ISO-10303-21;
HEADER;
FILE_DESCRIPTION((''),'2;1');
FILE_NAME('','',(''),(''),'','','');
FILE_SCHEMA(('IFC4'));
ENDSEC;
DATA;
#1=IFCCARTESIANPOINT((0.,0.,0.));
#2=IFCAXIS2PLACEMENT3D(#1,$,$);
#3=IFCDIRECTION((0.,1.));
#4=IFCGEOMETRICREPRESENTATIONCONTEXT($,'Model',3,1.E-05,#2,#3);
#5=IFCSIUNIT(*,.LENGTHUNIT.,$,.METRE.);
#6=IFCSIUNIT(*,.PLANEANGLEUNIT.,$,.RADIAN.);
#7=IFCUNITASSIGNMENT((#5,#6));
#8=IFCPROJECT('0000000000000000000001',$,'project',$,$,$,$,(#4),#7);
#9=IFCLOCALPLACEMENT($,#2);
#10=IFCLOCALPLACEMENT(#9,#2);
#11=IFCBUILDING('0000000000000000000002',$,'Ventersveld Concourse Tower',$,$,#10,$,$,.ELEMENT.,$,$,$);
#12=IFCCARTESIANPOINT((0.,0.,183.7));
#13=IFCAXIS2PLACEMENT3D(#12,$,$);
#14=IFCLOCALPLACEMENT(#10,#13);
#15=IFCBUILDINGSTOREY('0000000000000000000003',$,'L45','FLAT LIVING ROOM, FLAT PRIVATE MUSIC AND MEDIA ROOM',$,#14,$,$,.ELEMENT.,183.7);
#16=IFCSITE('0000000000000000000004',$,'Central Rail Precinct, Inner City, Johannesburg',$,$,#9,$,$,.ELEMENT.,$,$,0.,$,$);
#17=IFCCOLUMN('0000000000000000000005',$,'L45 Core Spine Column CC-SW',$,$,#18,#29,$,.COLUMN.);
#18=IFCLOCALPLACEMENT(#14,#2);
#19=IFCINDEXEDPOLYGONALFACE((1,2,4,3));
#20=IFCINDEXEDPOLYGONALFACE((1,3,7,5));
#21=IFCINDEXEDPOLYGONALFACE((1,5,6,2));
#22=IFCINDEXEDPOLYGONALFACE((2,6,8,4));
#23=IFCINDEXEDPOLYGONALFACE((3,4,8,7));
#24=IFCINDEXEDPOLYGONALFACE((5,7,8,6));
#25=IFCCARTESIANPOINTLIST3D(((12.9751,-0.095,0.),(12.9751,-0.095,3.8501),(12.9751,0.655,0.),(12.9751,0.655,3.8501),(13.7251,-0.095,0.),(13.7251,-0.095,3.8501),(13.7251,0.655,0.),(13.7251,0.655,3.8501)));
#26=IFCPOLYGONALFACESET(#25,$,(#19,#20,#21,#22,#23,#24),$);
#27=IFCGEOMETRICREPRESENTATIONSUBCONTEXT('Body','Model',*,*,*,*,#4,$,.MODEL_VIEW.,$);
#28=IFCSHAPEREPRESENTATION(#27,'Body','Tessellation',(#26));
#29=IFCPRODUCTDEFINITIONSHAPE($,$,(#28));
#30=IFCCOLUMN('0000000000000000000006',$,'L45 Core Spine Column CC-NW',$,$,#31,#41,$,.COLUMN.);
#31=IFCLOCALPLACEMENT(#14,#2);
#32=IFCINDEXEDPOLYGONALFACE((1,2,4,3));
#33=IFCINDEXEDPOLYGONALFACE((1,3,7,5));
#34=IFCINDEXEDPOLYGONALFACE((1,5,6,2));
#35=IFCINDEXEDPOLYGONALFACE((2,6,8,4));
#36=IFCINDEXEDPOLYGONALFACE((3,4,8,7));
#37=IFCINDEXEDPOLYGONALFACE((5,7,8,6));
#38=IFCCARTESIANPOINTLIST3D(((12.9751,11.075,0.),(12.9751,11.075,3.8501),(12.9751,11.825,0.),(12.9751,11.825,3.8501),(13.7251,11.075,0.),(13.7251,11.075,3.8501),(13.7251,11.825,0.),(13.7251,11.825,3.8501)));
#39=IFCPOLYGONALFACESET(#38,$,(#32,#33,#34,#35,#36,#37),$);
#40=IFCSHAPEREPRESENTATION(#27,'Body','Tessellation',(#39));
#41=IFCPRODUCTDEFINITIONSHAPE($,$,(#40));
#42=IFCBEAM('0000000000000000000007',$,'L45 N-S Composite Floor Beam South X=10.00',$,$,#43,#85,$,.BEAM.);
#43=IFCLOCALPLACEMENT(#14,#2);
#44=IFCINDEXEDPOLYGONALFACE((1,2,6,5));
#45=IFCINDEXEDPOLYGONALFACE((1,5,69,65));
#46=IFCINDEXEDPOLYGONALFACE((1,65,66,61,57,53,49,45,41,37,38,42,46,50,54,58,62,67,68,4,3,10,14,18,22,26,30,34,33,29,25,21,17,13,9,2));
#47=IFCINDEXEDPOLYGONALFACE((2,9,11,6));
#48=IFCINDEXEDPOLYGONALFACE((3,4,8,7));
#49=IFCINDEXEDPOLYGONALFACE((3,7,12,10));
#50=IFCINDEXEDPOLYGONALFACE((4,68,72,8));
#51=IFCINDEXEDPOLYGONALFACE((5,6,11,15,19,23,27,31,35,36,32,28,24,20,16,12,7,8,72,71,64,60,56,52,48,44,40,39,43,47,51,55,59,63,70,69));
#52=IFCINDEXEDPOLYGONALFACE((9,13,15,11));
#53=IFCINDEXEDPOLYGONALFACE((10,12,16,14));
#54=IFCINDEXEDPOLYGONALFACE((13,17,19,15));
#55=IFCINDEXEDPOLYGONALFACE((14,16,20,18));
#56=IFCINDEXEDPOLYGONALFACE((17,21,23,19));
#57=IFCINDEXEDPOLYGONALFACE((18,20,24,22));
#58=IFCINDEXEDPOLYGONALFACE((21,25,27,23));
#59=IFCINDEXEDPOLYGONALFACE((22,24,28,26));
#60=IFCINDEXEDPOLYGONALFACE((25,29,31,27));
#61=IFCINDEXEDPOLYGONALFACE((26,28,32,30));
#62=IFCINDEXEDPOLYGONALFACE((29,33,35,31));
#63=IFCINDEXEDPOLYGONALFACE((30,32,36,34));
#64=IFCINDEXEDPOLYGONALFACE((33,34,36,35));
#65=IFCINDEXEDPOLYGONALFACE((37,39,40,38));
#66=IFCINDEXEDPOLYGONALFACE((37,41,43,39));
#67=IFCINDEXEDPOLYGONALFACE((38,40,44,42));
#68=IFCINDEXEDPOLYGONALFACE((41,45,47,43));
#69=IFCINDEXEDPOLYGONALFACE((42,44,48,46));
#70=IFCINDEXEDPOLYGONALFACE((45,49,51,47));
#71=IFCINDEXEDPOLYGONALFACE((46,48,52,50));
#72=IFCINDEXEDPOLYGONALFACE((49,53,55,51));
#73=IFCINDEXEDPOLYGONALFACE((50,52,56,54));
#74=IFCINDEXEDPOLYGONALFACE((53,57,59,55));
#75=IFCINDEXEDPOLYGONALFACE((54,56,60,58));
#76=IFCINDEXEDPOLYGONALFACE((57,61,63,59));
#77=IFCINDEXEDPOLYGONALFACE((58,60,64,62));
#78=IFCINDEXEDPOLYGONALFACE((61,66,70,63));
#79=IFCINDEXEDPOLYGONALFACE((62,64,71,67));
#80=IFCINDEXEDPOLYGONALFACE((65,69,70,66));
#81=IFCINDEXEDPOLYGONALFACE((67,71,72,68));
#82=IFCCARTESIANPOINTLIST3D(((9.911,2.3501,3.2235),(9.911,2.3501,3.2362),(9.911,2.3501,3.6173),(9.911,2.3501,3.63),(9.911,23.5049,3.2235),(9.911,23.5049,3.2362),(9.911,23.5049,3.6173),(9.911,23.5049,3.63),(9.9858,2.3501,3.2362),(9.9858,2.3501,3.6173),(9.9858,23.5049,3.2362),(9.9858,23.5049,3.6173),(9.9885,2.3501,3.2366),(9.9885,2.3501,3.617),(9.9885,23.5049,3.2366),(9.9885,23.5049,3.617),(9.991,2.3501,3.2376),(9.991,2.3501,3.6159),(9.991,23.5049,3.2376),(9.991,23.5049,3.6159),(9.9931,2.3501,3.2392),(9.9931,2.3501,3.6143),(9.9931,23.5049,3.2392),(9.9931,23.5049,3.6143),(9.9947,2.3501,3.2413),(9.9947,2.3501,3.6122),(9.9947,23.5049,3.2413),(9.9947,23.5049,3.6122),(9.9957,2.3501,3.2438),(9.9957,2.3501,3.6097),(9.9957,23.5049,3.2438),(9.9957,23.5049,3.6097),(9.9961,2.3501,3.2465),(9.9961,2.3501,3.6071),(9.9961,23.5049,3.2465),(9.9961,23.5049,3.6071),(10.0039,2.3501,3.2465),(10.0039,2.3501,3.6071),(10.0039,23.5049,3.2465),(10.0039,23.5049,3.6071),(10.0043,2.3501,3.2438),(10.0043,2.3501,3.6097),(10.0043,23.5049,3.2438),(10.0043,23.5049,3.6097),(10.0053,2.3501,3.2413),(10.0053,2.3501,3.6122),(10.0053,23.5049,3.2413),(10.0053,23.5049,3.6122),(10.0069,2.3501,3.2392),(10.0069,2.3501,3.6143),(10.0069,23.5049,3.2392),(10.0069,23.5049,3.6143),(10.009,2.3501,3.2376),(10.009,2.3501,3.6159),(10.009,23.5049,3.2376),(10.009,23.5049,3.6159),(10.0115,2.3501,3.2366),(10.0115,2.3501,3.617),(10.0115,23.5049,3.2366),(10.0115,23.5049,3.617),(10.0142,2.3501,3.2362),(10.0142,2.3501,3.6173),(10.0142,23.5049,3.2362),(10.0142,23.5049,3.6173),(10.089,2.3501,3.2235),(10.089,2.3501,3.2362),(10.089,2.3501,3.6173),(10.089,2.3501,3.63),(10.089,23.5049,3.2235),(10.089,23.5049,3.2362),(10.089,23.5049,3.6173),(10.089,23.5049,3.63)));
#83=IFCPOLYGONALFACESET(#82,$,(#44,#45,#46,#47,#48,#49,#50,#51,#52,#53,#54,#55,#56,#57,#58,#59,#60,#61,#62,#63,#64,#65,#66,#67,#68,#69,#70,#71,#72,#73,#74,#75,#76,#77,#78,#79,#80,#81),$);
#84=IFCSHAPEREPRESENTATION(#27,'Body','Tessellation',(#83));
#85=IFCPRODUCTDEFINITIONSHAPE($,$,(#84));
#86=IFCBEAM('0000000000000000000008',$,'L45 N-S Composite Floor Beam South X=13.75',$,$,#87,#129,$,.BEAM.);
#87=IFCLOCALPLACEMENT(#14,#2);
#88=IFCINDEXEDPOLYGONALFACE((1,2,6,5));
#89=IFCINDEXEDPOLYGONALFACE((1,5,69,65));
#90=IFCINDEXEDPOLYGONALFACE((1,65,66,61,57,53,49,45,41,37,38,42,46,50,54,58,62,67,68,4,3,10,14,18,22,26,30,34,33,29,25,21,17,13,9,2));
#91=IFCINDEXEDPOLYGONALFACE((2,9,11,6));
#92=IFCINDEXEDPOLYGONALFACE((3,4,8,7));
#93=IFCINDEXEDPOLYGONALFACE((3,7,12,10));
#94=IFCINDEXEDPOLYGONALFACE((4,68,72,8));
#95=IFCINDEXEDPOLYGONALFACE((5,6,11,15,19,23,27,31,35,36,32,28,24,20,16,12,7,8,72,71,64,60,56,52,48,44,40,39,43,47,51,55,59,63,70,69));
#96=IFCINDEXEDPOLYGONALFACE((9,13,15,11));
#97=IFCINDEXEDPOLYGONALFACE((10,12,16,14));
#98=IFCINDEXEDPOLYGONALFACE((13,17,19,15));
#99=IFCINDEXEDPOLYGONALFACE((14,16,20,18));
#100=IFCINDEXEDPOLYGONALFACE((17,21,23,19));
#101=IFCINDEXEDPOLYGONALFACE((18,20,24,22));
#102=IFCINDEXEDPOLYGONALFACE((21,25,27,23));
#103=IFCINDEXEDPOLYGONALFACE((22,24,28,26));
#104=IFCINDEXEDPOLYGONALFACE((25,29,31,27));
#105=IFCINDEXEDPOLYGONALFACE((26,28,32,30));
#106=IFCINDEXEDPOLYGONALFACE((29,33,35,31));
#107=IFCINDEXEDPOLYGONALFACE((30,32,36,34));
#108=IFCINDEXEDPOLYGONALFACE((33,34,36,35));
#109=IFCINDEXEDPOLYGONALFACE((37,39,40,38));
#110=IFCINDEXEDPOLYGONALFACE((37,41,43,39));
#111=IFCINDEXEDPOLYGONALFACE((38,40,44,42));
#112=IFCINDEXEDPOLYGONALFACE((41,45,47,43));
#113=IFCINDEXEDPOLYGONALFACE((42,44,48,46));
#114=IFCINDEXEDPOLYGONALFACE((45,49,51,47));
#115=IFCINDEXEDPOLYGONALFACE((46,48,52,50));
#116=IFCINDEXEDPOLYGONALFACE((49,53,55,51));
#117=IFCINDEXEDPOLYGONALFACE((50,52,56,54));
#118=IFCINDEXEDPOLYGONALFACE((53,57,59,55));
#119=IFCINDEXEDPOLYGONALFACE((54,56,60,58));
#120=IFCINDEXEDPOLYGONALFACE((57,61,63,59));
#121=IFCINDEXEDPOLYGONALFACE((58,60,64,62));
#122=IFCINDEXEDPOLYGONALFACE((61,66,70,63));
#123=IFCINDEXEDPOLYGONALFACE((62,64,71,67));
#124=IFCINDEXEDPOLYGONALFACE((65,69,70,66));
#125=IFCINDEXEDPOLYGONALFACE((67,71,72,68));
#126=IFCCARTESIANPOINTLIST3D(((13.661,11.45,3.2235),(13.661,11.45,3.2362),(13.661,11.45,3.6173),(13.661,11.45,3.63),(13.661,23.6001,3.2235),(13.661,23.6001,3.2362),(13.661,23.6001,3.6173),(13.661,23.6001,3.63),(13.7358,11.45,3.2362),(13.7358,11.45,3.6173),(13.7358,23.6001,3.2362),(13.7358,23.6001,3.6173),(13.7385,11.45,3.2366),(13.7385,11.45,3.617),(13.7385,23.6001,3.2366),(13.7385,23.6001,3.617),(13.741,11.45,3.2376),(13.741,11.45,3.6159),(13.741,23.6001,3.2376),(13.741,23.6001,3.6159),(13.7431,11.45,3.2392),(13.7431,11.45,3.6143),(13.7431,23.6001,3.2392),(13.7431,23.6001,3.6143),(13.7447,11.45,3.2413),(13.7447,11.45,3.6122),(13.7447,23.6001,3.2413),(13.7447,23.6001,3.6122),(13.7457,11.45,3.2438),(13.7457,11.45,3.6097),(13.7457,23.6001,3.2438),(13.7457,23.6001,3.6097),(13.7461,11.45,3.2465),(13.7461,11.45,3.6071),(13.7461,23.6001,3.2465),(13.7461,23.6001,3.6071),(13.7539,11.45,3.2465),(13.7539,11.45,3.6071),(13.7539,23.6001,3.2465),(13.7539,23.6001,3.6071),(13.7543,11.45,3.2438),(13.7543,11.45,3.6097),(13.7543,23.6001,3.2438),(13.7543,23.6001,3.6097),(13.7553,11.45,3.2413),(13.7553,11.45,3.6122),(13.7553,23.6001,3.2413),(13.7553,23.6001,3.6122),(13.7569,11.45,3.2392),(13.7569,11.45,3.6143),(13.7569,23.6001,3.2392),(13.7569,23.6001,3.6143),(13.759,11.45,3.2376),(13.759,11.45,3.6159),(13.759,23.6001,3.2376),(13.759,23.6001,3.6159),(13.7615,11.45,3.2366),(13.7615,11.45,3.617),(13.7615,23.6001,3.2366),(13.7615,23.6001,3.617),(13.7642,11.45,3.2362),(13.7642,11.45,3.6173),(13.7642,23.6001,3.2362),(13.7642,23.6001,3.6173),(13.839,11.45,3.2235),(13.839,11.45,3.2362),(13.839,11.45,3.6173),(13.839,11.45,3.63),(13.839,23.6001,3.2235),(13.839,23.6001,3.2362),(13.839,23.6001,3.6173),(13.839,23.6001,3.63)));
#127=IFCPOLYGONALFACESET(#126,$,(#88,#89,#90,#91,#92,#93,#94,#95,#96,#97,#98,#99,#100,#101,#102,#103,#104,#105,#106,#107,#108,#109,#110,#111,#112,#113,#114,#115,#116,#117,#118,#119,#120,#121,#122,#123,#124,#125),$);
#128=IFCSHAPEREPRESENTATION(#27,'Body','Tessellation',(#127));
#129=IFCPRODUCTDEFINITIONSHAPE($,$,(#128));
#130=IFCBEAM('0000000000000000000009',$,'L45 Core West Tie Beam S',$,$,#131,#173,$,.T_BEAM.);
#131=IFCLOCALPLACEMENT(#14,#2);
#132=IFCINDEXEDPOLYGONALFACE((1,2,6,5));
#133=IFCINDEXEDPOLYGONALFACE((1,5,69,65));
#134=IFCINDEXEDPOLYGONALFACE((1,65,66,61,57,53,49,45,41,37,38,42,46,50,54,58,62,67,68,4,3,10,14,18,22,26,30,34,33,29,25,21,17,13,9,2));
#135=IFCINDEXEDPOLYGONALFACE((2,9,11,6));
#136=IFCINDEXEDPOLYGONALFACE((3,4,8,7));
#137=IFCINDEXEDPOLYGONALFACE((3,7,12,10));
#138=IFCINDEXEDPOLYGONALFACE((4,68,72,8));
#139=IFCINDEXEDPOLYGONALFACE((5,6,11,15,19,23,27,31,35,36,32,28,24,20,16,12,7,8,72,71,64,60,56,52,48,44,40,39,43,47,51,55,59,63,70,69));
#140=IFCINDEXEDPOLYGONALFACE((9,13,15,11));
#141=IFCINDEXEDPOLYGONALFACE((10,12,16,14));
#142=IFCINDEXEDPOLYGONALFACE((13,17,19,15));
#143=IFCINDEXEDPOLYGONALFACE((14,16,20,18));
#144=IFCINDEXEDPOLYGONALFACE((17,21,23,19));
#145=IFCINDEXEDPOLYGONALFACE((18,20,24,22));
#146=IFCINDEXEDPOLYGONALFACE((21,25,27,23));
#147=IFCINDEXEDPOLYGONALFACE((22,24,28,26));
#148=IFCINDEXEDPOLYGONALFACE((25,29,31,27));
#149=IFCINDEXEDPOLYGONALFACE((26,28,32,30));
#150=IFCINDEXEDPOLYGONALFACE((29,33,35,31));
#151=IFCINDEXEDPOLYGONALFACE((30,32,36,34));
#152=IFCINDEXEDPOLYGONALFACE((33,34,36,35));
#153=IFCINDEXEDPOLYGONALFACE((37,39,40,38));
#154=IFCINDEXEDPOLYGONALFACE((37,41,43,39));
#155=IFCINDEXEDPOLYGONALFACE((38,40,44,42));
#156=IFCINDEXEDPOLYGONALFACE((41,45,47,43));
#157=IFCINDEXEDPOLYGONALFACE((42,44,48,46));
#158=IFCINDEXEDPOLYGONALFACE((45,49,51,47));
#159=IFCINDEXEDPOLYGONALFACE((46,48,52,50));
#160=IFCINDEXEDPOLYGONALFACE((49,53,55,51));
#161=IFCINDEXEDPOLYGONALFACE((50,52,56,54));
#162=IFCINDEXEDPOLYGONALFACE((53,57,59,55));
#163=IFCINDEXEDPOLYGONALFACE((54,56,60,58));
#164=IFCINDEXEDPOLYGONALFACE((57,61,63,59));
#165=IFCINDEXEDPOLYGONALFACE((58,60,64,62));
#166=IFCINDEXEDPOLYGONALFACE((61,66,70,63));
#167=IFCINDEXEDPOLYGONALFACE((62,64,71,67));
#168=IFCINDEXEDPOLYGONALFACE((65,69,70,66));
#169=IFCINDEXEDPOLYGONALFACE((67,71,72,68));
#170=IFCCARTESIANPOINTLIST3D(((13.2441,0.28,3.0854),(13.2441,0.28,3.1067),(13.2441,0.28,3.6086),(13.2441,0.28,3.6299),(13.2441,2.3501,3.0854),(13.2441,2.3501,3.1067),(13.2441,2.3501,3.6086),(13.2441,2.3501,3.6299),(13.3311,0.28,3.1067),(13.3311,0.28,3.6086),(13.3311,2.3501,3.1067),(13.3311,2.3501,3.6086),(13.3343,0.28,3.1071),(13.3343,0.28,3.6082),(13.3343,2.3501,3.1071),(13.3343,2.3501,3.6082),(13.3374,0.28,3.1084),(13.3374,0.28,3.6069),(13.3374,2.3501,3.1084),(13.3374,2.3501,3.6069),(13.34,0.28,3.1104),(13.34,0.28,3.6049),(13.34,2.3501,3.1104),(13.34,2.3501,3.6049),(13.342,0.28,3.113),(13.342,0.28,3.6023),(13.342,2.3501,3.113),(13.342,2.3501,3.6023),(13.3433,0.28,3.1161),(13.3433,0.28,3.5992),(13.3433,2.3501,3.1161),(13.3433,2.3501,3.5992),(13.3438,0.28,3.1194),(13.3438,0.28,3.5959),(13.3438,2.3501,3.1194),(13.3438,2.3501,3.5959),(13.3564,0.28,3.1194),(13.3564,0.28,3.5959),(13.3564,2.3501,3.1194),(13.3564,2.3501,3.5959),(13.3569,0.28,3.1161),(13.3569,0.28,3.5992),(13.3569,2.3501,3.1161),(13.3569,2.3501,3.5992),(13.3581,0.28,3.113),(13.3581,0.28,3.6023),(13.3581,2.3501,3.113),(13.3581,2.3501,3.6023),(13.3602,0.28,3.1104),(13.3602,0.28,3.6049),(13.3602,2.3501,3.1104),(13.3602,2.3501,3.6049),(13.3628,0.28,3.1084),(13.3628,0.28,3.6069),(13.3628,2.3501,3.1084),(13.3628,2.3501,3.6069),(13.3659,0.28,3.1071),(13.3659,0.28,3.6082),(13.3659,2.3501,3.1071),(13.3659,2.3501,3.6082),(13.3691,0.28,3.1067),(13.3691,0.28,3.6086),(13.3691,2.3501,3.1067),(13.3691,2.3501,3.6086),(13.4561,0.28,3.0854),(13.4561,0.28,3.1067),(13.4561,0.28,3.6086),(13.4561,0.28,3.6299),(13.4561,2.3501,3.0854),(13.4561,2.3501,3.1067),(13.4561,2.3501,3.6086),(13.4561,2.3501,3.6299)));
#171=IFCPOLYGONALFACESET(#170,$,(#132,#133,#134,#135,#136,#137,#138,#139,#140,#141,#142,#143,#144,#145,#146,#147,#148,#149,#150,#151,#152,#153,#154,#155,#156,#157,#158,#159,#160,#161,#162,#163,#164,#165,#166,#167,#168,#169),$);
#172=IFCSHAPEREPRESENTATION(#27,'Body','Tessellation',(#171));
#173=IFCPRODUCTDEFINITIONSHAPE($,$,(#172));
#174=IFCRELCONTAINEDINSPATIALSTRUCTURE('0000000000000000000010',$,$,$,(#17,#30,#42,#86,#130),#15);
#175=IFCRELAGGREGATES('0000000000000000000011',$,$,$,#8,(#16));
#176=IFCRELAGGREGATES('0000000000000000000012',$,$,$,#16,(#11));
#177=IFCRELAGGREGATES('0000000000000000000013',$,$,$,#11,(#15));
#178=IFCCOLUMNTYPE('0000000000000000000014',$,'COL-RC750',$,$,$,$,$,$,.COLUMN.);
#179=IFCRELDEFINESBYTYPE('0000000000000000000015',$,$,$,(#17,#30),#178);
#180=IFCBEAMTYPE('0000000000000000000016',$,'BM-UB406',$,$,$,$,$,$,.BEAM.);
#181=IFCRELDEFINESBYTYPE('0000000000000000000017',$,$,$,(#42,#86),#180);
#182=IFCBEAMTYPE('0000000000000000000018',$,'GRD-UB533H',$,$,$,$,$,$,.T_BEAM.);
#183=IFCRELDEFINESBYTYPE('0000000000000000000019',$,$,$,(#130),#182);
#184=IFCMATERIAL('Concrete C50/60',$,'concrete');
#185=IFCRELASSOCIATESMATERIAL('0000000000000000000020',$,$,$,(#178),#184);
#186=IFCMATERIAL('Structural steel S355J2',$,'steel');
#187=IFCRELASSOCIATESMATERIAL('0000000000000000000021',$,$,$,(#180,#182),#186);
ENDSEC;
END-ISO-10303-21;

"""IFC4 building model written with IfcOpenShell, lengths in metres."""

from ifc_helpers import new_model, si_unit, direction, frame, origin, origin_2d, place, context, subcontext, project, spatial, rectangle, i_section, extrude, material, material_profile, profile_set, type_object, element, save


model = new_model("IFC4")

# Units and contexts
model_context = context("Model", 3, precision=1e-05, world=origin(), true_north=direction((0.0, 1.0)))
body_context = subcontext(model_context, "Body", "Model", "MODEL_VIEW")
ifc_project = project(units=[si_unit("LENGTHUNIT", "METRE"), si_unit("PLANEANGLEUNIT", "RADIAN")], contexts=[model_context])

# Site, building, storey
site_placement = place(None, origin())
site = spatial("IfcSite", under=ifc_project, at=site_placement, Name="Central Rail Precinct, Inner City, Johannesburg", CompositionType="ELEMENT", RefElevation=0.0)
building_placement = place(site_placement, origin())
building = spatial("IfcBuilding", under=site, at=building_placement, Name="Ventersveld Concourse Tower", CompositionType="ELEMENT")
storey_placement = place(building_placement, frame((0.0, 0.0, 183.7)))
storey = spatial("IfcBuildingStorey", under=building, at=storey_placement, Name="L45", Description="FLAT LIVING ROOM, FLAT PRIVATE MUSIC AND MEDIA ROOM", CompositionType="ELEMENT", Elevation=183.7)

# Columns
ifc_material_1 = material(Name="Concrete C50/60", Category="concrete")
ifc_material_profile_1 = material_profile(ifc_material_1, rectangle(XDim=0.75, YDim=0.75, at=origin_2d()), Name="RC 750x750")
ifc_profile_set_1 = profile_set([ifc_material_profile_1], Name="Concrete C50/60")
column_type = type_object("IfcColumnType", Name="COL-RC750", PredefinedType="COLUMN", material=ifc_profile_set_1)
for number, where, z_axis, x_axis, name in (
    (1, (13.3501, 0.28, 0.0), (0.0, 0.0, 1.0), (1.0, 0.0, 0.0), "L45 Core Spine Column CC-SW"),
    (2, (13.3501, 11.45, 0.0), (0.0, 0.0, 1.0), (1.0, 0.0, 0.0), "L45 Core Spine Column CC-NW"),
):
    element("IfcColumn", number, at=place(storey_placement, frame(where, z_axis=z_axis, x_axis=x_axis)), inside=storey, type_object=column_type, Name=name, PredefinedType="COLUMN", context=body_context, shape_type="SweptSolid", body=[
        extrude(rectangle(XDim=0.75, YDim=0.75, at=origin_2d()), origin(), (0.0, 0.0, 1.0), 3.8501),
    ])

# Beams
ifc_material_2 = material(Name="Structural steel S355J2", Category="steel")
ifc_material_profile_2 = material_profile(ifc_material_2, i_section(OverallWidth=0.178, OverallDepth=0.4065, WebThickness=0.0078, FlangeThickness=0.0127, FilletRadius=0.0103, at=origin_2d()), Name="UB 406x178x60")
ifc_profile_set_2 = profile_set([ifc_material_profile_2], Name="Structural steel S355J2")
beam_type_1 = type_object("IfcBeamType", Name="BM-UB406", PredefinedType="BEAM", material=ifc_profile_set_2)
beam_1_placement = place(storey_placement, frame((10.0, 2.3501, 3.4268), z_axis=(0.0, 1.0, 0.0), x_axis=(-1.0, 0.0, 0.0)))
element("IfcBeam", 3, at=beam_1_placement, inside=storey, type_object=beam_type_1, Name="L45 N-S Composite Floor Beam South X=10.00", PredefinedType="BEAM", context=body_context, shape_type="SweptSolid", body=[
    extrude(i_section(OverallWidth=0.178, OverallDepth=0.4065, WebThickness=0.0078, FlangeThickness=0.0127, FilletRadius=0.0103, at=origin_2d()), origin(), (0.0, 0.0, 1.0), 21.1548),
])
beam_2_placement = place(storey_placement, frame((13.75, 11.45, 3.4268), z_axis=(0.0, 1.0, 0.0), x_axis=(-1.0, 0.0, 0.0)))
element("IfcBeam", 4, at=beam_2_placement, inside=storey, type_object=beam_type_1, Name="L45 N-S Composite Floor Beam South X=13.75", PredefinedType="BEAM", context=body_context, shape_type="SweptSolid", body=[
    extrude(i_section(OverallWidth=0.178, OverallDepth=0.4065, WebThickness=0.0078, FlangeThickness=0.0127, FilletRadius=0.0103, at=origin_2d()), origin(), (0.0, 0.0, 1.0), 12.1501),
])
ifc_material_profile_3 = material_profile(ifc_material_2, i_section(OverallWidth=0.2119, OverallDepth=0.5444, WebThickness=0.0127, FlangeThickness=0.0212, FilletRadius=0.0127, at=origin_2d()), Name="UB 533x210x122")
ifc_profile_set_3 = profile_set([ifc_material_profile_3], Name="Structural steel S355J2")
beam_type_2 = type_object("IfcBeamType", Name="GRD-UB533H", PredefinedType="T_BEAM", material=ifc_profile_set_3)
beam_3_placement = place(storey_placement, frame((13.3501, 0.28, 3.3577), z_axis=(0.0, 1.0, 0.0), x_axis=(-1.0, 0.0, 0.0)))
element("IfcBeam", 5, at=beam_3_placement, inside=storey, type_object=beam_type_2, Name="L45 Core West Tie Beam S", PredefinedType="T_BEAM", context=body_context, shape_type="SweptSolid", body=[
    extrude(i_section(OverallWidth=0.2119, OverallDepth=0.5444, WebThickness=0.0127, FlangeThickness=0.0212, FilletRadius=0.0127, at=origin_2d()), origin(), (0.0, 0.0, 1.0), 2.0701),
])

save(model, "model.ifc")
